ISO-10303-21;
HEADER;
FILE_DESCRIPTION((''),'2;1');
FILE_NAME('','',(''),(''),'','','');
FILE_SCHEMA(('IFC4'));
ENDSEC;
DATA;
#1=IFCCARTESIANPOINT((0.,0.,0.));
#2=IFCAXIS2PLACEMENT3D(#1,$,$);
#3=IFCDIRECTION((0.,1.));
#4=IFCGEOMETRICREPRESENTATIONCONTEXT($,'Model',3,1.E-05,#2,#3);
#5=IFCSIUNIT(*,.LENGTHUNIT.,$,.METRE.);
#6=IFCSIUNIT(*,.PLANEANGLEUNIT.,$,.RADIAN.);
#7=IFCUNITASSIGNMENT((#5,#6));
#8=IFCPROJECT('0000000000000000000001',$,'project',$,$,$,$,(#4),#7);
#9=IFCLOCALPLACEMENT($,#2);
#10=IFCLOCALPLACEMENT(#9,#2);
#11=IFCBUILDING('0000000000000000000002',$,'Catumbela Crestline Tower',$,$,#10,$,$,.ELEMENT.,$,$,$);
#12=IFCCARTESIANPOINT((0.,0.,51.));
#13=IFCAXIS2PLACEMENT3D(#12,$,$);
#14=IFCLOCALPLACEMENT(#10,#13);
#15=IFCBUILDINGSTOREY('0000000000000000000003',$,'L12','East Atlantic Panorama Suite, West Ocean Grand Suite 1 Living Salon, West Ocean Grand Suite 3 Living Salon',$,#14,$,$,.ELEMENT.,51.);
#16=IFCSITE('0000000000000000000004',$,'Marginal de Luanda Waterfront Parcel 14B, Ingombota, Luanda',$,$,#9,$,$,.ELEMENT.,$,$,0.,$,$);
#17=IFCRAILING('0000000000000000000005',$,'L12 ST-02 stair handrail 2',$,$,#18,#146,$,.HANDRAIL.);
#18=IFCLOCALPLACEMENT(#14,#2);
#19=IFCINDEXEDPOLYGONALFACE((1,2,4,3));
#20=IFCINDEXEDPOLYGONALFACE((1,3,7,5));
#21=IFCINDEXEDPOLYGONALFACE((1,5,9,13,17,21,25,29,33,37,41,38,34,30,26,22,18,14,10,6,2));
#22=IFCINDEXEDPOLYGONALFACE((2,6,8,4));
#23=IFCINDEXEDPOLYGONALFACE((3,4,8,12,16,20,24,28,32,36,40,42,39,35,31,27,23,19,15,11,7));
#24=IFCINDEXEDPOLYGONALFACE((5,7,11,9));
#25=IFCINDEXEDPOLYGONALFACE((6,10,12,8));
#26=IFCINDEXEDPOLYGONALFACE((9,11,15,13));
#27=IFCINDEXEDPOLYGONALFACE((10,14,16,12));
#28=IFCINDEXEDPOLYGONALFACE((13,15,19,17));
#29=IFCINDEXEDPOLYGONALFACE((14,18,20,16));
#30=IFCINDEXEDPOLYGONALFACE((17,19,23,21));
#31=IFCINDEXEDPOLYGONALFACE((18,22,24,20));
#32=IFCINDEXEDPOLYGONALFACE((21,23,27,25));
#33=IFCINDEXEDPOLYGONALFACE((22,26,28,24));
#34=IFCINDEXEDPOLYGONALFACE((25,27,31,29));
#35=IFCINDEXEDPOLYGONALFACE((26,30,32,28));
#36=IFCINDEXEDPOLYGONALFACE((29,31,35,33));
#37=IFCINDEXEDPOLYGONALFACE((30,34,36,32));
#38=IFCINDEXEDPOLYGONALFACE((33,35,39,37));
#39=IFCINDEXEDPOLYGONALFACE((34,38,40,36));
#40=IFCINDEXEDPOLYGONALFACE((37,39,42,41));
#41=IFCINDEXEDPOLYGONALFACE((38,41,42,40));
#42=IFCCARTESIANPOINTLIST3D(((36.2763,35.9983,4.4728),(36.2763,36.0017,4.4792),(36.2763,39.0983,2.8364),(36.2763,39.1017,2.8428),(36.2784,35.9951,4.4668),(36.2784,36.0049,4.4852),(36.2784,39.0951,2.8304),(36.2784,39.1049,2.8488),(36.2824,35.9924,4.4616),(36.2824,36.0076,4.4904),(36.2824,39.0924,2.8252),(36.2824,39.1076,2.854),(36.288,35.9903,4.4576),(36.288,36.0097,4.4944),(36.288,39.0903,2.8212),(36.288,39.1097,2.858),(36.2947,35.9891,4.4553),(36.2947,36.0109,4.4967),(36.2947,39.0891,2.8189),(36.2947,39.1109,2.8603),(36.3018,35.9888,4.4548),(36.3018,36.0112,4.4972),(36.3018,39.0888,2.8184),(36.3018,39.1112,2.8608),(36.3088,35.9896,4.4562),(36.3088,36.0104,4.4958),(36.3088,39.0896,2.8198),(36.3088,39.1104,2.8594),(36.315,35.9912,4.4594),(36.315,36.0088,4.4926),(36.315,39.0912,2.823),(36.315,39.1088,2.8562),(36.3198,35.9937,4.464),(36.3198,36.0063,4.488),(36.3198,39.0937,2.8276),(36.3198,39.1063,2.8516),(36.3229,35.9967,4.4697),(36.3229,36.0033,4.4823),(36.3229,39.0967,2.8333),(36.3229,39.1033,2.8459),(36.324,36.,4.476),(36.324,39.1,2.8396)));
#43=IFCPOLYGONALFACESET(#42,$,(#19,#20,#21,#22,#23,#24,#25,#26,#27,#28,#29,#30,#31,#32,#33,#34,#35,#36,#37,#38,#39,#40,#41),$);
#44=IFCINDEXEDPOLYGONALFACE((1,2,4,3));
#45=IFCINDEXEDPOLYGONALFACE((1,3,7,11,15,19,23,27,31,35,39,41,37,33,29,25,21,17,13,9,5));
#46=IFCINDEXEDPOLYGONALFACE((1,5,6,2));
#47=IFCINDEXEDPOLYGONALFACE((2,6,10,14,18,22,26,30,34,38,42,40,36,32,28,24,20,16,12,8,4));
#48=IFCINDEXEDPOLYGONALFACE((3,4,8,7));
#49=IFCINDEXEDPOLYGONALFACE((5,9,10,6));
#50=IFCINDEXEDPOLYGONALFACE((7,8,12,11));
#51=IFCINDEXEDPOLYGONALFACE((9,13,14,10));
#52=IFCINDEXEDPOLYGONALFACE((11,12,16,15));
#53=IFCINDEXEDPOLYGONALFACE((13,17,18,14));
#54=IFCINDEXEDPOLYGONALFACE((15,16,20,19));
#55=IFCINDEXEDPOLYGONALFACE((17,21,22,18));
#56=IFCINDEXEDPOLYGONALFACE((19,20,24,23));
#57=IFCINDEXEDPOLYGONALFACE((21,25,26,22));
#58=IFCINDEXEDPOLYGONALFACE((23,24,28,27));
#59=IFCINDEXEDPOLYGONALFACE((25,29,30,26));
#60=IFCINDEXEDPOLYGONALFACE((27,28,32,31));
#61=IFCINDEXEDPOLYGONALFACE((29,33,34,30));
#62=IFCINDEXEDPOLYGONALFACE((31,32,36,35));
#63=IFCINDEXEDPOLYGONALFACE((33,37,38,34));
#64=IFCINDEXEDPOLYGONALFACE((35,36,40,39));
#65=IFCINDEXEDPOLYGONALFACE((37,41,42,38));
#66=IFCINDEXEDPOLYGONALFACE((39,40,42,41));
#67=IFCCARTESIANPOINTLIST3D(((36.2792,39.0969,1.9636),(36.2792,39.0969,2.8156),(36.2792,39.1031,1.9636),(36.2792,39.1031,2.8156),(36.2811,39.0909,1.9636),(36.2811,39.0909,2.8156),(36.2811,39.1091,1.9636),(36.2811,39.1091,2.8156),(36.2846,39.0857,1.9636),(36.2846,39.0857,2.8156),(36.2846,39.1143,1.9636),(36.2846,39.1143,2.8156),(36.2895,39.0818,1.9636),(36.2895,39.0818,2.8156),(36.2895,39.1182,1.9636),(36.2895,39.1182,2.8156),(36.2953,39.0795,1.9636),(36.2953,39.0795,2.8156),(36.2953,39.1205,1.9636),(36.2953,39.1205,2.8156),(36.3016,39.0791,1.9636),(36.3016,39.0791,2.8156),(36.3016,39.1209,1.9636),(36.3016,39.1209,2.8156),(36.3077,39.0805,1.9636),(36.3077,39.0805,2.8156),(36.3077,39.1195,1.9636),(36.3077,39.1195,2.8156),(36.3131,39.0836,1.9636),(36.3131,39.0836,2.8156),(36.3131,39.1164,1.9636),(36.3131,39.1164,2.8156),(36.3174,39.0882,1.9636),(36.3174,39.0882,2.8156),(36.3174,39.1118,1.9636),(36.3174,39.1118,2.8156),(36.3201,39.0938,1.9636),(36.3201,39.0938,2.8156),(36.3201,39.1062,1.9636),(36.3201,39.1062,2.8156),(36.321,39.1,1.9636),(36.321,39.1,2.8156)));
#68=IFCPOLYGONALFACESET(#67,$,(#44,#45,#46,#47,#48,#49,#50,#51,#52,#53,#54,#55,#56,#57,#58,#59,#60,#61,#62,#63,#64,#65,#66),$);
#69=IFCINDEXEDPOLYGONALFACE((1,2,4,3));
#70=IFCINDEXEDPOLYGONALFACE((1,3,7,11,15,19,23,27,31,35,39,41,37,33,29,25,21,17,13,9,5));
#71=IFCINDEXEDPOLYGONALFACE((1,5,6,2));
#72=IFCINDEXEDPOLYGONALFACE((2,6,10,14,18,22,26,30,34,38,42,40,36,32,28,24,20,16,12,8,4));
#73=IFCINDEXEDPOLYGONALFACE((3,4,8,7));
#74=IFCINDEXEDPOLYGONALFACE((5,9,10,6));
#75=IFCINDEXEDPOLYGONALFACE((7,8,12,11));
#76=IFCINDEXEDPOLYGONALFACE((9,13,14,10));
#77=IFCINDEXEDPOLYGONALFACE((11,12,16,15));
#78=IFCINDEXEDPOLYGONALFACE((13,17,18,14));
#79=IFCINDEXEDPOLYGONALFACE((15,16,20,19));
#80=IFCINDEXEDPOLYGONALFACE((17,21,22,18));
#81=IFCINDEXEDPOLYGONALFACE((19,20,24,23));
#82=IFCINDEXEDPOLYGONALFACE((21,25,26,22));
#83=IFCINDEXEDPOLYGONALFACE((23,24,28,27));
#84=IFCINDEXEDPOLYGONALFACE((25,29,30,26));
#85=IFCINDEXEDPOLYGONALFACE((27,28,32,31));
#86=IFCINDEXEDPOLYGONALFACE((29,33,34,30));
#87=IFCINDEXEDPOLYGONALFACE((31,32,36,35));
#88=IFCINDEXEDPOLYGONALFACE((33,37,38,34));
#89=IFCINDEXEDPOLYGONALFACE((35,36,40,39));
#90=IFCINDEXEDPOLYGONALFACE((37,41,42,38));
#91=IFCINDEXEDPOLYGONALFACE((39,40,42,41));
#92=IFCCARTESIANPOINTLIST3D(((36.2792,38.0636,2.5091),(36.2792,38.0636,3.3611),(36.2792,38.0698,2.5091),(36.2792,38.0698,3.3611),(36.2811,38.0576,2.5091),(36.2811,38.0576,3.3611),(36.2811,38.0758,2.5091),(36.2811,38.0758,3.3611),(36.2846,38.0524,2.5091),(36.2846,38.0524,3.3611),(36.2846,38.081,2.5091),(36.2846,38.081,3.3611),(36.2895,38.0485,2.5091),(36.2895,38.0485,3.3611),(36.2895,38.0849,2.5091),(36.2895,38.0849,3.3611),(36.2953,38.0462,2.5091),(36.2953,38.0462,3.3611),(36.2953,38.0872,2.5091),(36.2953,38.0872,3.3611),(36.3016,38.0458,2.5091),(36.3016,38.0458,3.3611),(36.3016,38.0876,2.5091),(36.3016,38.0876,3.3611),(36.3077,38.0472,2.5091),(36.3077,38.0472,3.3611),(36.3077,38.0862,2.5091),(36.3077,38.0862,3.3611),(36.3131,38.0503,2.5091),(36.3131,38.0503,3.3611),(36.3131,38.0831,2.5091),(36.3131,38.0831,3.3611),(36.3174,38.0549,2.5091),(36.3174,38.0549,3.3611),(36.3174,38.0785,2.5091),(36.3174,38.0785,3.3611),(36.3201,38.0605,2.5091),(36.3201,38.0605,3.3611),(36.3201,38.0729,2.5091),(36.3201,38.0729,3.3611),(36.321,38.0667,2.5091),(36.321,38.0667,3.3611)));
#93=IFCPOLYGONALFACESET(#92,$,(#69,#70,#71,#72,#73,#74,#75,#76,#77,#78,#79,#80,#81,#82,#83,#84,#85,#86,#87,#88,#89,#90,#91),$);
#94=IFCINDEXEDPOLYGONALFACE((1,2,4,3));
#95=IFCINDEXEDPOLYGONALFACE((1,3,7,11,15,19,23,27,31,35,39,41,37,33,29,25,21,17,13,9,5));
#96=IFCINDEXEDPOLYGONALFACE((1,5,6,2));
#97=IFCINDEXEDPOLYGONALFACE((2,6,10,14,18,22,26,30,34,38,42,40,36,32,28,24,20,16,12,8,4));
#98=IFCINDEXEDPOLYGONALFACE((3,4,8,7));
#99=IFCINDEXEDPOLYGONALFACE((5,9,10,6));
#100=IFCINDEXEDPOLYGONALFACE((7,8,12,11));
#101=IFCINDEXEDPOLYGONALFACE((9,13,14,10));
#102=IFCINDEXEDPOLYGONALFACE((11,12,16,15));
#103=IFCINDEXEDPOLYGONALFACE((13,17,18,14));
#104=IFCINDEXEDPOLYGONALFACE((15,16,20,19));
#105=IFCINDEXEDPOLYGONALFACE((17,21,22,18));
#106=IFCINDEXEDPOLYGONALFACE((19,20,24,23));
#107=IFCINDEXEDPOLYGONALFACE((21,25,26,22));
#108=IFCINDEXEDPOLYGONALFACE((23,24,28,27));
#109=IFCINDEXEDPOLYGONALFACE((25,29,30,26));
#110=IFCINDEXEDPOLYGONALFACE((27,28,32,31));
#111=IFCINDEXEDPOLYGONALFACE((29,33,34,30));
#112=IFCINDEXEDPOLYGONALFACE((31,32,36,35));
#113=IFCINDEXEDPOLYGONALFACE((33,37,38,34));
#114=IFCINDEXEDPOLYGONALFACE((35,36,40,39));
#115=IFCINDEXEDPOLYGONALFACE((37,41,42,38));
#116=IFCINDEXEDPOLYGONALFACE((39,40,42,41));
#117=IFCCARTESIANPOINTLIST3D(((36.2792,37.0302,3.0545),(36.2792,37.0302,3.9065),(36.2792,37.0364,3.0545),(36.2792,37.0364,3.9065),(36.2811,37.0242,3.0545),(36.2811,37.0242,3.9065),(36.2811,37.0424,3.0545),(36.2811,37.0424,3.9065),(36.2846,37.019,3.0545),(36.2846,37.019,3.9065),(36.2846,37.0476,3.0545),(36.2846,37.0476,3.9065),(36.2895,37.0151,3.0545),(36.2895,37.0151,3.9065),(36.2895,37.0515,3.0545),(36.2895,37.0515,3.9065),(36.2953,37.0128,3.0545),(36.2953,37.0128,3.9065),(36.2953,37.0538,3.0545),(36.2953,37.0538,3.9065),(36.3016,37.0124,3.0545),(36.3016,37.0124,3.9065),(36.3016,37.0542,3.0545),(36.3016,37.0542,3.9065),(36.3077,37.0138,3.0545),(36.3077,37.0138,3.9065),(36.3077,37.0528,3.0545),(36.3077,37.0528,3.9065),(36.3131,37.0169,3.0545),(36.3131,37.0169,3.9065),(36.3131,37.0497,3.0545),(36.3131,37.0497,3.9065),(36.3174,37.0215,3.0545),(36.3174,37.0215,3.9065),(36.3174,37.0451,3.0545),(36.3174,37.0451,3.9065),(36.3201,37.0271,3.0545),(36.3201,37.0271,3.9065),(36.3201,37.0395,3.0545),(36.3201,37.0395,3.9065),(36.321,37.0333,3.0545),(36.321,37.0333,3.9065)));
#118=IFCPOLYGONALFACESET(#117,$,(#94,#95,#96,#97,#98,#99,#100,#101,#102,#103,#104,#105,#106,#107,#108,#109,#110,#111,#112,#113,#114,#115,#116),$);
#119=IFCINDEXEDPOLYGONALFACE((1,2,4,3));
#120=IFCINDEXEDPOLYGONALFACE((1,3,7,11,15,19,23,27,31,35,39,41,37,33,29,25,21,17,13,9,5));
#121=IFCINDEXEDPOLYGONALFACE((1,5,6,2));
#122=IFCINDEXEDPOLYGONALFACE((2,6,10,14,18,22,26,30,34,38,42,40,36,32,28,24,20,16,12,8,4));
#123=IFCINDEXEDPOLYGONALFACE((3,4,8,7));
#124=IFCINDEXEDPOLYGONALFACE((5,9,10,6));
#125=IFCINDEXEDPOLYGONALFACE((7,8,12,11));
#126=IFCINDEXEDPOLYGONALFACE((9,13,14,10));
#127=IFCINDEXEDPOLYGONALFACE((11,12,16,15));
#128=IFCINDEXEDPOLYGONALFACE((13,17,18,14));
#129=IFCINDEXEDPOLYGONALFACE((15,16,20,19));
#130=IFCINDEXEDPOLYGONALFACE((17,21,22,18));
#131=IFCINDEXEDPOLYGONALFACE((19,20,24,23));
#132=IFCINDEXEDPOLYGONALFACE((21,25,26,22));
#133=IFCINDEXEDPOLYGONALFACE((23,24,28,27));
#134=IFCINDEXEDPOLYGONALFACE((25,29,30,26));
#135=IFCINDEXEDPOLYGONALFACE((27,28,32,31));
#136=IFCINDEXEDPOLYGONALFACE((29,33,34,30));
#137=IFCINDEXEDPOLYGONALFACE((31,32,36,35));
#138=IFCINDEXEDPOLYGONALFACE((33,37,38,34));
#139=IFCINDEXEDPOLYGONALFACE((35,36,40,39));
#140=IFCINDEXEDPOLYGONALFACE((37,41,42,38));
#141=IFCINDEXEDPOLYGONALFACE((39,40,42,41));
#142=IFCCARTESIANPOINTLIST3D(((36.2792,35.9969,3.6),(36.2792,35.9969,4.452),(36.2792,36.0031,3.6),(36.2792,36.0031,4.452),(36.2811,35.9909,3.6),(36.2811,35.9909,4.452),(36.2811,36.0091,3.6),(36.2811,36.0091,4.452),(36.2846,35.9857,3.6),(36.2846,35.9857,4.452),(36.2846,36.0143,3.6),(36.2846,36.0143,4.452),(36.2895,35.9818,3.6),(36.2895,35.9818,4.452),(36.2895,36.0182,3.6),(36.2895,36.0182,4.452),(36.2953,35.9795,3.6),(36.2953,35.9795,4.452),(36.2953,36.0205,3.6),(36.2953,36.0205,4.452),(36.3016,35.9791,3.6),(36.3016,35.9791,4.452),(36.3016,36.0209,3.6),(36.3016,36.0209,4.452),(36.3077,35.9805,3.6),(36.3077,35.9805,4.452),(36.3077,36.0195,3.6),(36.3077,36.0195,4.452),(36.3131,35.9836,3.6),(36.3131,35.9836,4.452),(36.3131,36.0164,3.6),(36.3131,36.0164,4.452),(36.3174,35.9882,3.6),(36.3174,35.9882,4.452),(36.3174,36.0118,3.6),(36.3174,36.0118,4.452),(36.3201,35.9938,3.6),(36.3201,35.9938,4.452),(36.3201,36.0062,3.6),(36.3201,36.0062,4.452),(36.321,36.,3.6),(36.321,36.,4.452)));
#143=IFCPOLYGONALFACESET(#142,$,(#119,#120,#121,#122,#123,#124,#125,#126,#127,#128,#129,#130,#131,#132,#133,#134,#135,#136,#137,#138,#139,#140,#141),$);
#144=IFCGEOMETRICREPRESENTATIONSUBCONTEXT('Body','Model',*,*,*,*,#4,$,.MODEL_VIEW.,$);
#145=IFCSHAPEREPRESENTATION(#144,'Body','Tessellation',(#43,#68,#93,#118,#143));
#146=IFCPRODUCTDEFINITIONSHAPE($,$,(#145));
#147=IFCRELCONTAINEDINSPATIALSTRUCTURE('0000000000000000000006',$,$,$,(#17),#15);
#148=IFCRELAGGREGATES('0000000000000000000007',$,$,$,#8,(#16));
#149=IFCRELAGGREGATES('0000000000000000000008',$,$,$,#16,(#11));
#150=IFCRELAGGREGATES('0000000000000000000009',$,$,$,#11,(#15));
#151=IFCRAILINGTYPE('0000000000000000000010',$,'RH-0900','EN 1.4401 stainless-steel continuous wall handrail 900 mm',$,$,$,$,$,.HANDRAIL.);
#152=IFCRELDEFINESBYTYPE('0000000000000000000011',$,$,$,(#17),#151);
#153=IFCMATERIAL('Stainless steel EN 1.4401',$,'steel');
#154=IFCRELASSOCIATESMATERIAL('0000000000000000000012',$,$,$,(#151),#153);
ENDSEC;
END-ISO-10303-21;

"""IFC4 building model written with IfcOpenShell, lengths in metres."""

from ifc_helpers import new_model, si_unit, direction, frame, origin, origin_2d, place, context, subcontext, project, spatial, circle, extrude, material, type_object, element, save


model = new_model("IFC4")

# Units and contexts
model_context = context("Model", 3, precision=1e-05, world=origin(), true_north=direction((0.0, 1.0)))
body_context = subcontext(model_context, "Body", "Model", "MODEL_VIEW")
ifc_project = project(units=[si_unit("LENGTHUNIT", "METRE"), si_unit("PLANEANGLEUNIT", "RADIAN")], contexts=[model_context])

# Site, building, storey
site_placement = place(None, origin())
site = spatial("IfcSite", under=ifc_project, at=site_placement, Name="Marginal de Luanda Waterfront Parcel 14B, Ingombota, Luanda", CompositionType="ELEMENT", RefElevation=0.0)
building_placement = place(site_placement, origin())
building = spatial("IfcBuilding", under=site, at=building_placement, Name="Catumbela Crestline Tower", CompositionType="ELEMENT")
storey_placement = place(building_placement, frame((0.0, 0.0, 51.0)))
storey = spatial("IfcBuildingStorey", under=building, at=storey_placement, Name="L12", Description="East Atlantic Panorama Suite, West Ocean Grand Suite 1 Living Salon, West Ocean Grand Suite 3 Living Salon", CompositionType="ELEMENT", Elevation=51.0)

# Shared definitions
ifc_material_1 = material(Name="Stainless steel EN 1.4401", Category="steel")

# Railing
railing_type_1 = type_object("IfcRailingType", Name="RH-0900", Description="EN 1.4401 stainless-steel continuous wall handrail 900 mm", PredefinedType="HANDRAIL", material=ifc_material_1)
railing_1_placement = place(storey_placement, frame((36.3, 39.1, 1.9636)))
element("IfcRailing", 1, at=railing_1_placement, inside=storey, type_object=railing_type_1, Name="L12 ST-02 stair handrail 2", PredefinedType="HANDRAIL", context=body_context, shape_type="SweptSolid", body=[
    extrude(circle(Radius=0.024, at=origin_2d()), frame((0.0, 0.0, 0.876), z_axis=(0.0, -0.884351, 0.466823), x_axis=(1.0, 0.0, 0.0)), (0.0, 0.0, 1.0), 3.5054),
    extrude(circle(Radius=0.021, at=origin_2d()), origin(), (0.0, 0.0, 1.0), 0.852),
    extrude(circle(Radius=0.021, at=origin_2d()), frame((0.0, -1.0333, 0.5455)), (0.0, 0.0, 1.0), 0.852),
    extrude(circle(Radius=0.021, at=origin_2d()), frame((0.0, -2.0667, 1.0909)), (0.0, 0.0, 1.0), 0.852),
    extrude(circle(Radius=0.021, at=origin_2d()), frame((0.0, -3.1, 1.6364)), (0.0, 0.0, 1.0), 0.852),
])

save(model, "model.ifc")
